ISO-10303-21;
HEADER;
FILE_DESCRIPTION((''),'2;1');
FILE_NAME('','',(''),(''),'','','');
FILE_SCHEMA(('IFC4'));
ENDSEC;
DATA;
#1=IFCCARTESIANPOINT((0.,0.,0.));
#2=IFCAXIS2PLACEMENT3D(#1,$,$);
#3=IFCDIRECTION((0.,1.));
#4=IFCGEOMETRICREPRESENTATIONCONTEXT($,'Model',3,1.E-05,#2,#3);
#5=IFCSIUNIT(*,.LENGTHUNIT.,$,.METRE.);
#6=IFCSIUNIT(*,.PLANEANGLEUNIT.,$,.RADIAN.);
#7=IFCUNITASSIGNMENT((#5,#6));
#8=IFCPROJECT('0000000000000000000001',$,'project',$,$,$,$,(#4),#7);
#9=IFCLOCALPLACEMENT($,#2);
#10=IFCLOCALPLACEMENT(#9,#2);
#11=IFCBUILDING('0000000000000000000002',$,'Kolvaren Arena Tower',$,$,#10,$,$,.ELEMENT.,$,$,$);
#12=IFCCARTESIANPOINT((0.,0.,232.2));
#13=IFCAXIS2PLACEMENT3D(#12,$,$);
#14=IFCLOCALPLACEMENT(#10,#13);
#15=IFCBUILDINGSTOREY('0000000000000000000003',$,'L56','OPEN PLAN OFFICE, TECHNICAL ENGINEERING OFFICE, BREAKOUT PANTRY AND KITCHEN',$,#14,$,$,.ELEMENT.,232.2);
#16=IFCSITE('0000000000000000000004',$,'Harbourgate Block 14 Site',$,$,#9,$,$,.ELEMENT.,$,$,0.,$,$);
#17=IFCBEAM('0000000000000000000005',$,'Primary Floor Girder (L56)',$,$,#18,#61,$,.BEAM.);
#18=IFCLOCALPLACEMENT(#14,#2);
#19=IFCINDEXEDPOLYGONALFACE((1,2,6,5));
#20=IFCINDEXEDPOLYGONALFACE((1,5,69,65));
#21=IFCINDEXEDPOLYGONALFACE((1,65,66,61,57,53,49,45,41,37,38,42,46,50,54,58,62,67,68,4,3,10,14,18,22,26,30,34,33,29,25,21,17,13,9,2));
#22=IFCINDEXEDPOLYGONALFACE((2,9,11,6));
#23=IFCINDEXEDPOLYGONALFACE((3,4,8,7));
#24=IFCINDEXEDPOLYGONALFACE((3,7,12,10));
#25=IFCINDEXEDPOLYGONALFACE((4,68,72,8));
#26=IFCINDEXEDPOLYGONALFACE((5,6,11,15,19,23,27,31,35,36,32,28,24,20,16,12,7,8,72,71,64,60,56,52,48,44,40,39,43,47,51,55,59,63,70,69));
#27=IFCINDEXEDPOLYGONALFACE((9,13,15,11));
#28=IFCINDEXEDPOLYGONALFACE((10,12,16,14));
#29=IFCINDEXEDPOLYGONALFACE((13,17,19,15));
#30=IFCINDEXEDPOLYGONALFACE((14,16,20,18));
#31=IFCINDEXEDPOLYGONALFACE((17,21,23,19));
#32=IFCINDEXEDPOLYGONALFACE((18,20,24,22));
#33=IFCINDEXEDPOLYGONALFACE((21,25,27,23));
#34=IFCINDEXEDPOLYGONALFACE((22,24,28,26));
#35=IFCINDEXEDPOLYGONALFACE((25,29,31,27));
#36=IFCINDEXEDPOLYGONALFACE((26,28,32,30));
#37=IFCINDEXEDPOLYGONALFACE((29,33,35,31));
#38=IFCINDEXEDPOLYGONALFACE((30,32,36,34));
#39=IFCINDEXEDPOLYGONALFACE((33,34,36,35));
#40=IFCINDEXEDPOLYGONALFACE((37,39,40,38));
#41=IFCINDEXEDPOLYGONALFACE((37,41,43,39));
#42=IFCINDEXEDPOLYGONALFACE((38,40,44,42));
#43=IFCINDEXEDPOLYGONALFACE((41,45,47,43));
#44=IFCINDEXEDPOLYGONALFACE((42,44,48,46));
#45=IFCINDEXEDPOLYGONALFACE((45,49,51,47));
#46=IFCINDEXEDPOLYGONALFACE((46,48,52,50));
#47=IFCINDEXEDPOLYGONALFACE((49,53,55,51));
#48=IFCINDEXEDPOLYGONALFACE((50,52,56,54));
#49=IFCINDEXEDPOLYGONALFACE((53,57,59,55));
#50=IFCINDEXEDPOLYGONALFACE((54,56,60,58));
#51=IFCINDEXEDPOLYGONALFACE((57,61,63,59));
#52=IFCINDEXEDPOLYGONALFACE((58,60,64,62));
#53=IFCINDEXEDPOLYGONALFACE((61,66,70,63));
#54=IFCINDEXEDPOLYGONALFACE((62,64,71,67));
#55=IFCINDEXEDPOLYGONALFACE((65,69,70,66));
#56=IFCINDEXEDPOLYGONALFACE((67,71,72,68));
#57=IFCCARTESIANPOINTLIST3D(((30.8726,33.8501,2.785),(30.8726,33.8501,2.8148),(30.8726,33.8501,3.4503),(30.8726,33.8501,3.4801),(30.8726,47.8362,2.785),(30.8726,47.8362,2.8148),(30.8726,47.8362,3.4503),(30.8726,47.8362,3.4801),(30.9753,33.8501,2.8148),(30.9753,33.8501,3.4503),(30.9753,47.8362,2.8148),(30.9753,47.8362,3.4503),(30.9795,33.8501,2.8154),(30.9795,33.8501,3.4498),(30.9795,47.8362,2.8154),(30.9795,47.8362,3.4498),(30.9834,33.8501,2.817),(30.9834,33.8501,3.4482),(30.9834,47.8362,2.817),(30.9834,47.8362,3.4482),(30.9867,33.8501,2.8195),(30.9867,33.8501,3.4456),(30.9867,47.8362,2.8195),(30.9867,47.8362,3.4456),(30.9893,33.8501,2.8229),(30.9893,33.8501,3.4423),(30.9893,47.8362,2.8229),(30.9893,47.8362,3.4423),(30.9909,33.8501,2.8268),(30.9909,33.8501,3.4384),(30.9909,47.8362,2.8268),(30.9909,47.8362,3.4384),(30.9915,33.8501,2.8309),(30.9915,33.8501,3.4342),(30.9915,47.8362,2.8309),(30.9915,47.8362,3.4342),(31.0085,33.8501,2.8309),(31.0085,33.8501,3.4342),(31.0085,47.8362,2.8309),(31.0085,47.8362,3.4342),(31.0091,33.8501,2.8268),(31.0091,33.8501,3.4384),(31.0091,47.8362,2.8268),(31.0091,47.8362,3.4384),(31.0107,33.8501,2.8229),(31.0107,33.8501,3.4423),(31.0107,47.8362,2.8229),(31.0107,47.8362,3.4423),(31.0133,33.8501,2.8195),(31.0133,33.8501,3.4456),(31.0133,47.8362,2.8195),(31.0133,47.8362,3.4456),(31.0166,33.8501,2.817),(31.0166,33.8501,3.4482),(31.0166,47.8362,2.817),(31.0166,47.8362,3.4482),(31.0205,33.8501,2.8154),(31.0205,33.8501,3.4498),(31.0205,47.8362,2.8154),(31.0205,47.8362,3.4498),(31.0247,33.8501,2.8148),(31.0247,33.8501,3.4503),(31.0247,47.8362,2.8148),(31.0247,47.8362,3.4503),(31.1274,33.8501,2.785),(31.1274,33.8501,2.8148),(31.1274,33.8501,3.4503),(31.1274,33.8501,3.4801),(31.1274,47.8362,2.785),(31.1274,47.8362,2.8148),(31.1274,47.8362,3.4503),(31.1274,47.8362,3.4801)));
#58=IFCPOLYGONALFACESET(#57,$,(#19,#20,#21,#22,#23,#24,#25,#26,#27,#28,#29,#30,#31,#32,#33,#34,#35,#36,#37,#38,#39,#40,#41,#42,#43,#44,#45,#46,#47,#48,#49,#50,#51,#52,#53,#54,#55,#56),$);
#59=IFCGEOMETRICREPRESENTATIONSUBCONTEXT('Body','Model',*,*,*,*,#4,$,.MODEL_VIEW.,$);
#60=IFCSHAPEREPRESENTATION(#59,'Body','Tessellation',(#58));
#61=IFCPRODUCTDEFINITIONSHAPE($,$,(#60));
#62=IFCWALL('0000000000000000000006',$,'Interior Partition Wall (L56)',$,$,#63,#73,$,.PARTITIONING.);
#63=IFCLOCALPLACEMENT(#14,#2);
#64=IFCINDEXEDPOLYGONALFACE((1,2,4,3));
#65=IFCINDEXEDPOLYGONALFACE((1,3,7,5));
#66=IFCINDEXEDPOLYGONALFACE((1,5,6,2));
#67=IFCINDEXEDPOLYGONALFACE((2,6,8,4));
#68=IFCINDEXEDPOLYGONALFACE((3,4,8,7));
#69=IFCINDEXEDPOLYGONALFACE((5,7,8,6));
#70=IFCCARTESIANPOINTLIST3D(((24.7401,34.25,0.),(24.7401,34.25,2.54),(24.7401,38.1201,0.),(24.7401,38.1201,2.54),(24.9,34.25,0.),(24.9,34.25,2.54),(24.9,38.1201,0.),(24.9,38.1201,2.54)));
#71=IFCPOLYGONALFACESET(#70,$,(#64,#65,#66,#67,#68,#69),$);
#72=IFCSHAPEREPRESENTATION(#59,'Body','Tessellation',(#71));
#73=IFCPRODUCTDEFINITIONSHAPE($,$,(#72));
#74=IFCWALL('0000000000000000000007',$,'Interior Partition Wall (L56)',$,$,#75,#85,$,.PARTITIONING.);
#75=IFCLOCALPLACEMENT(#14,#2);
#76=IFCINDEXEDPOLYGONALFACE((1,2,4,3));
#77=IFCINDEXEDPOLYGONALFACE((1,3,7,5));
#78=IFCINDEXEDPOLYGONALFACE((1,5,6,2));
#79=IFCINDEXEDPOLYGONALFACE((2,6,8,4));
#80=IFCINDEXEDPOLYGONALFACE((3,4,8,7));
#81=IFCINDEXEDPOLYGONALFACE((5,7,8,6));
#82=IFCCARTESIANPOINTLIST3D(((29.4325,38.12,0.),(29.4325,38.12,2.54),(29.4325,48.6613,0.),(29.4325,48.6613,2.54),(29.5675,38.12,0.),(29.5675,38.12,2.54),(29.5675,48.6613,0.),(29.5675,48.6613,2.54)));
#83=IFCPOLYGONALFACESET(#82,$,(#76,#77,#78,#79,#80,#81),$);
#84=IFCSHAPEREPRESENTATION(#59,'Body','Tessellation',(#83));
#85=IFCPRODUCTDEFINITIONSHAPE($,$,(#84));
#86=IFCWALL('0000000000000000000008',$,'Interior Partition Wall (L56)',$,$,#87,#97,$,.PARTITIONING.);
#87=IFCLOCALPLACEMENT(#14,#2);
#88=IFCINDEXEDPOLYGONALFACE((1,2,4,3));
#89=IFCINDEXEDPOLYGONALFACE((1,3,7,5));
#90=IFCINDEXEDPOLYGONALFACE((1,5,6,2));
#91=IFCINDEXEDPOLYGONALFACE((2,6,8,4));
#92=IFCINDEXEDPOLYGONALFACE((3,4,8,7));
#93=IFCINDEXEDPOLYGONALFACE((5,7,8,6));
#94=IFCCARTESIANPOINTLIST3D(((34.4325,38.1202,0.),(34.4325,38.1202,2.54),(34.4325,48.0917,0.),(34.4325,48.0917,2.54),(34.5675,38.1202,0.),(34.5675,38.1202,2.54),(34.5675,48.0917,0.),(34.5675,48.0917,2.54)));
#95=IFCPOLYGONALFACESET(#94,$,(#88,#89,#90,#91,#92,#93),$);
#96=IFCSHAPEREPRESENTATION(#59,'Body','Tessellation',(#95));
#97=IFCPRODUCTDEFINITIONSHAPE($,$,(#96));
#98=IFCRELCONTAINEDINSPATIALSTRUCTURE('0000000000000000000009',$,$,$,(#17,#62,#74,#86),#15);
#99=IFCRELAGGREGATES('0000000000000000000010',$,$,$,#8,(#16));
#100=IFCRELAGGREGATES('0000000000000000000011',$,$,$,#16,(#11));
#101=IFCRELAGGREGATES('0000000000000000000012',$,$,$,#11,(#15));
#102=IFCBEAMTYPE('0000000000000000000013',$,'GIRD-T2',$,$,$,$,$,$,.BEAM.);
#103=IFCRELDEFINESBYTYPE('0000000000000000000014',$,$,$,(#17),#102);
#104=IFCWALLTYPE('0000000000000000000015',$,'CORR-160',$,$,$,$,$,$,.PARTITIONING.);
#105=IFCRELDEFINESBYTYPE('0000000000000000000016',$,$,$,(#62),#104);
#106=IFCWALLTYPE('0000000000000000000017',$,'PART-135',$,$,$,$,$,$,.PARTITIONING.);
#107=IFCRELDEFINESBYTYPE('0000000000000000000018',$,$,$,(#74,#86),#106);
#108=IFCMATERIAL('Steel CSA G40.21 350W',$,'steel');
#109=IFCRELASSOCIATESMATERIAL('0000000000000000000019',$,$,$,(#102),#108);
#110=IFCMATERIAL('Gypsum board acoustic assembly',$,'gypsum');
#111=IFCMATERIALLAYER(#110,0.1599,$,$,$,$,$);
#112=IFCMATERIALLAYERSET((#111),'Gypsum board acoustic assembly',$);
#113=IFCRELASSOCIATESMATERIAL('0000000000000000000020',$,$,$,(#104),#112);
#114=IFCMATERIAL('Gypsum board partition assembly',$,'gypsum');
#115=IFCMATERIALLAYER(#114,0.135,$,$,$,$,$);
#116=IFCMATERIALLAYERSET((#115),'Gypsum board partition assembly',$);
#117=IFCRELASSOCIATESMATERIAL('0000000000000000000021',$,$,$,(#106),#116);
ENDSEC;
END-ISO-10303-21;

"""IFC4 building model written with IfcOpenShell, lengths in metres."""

from ifc_helpers import new_model, si_unit, direction, frame, frame_2d, origin, origin_2d, place, context, subcontext, project, spatial, rectangle, i_section, extrude, material, layer, layer_set, material_profile, profile_set, type_object, element, save


model = new_model("IFC4")

# Units and contexts
model_context = context("Model", 3, precision=1e-05, world=origin(), true_north=direction((0.0, 1.0)))
body_context = subcontext(model_context, "Body", "Model", "MODEL_VIEW")
ifc_project = project(units=[si_unit("LENGTHUNIT", "METRE"), si_unit("PLANEANGLEUNIT", "RADIAN")], contexts=[model_context])

# Site, building, storey
site_placement = place(None, origin())
site = spatial("IfcSite", under=ifc_project, at=site_placement, Name="Harbourgate Block 14 Site", CompositionType="ELEMENT", RefElevation=0.0)
building_placement = place(site_placement, origin())
building = spatial("IfcBuilding", under=site, at=building_placement, Name="Kolvaren Arena Tower", CompositionType="ELEMENT")
storey_placement = place(building_placement, frame((0.0, 0.0, 232.2)))
storey = spatial("IfcBuildingStorey", under=building, at=storey_placement, Name="L56", Description="OPEN PLAN OFFICE, TECHNICAL ENGINEERING OFFICE, BREAKOUT PANTRY AND KITCHEN", CompositionType="ELEMENT", Elevation=232.2)

# Beam
ifc_material_1 = material(Name="Steel CSA G40.21 350W", Category="steel")
ifc_material_profile_1 = material_profile(ifc_material_1, i_section(OverallWidth=0.2549, OverallDepth=0.6951, WebThickness=0.0171, FlangeThickness=0.0298, FilletRadius=0.0161, at=origin_2d()), Name="W690x217")
ifc_profile_set_1 = profile_set([ifc_material_profile_1], Name="Steel CSA G40.21 350W")
beam_type_1 = type_object("IfcBeamType", Name="GIRD-T2", PredefinedType="BEAM", material=ifc_profile_set_1)
beam_1_placement = place(storey_placement, frame((31.0, 33.8501, 3.1326), z_axis=(0.0, 1.0, 0.0), x_axis=(-1.0, 0.0, 0.0)))
element("IfcBeam", 1, at=beam_1_placement, inside=storey, type_object=beam_type_1, Name="Primary Floor Girder (L56)", PredefinedType="BEAM", context=body_context, shape_type="SweptSolid", body=[
    extrude(i_section(OverallWidth=0.2549, OverallDepth=0.6951, WebThickness=0.0171, FlangeThickness=0.0298, FilletRadius=0.0161, at=origin_2d()), origin(), (0.0, 0.0, 1.0), 13.9861),
])

# Wall
ifc_material_2 = material(Name="Gypsum board acoustic assembly", Category="gypsum")
ifc_layer_1 = layer(ifc_material_2, 0.1599)
ifc_layer_set_1 = layer_set([ifc_layer_1], Name="Gypsum board acoustic assembly")
wall_type_1 = type_object("IfcWallType", Name="CORR-160", PredefinedType="PARTITIONING", material=ifc_layer_set_1)
wall_1_placement = place(storey_placement, frame((24.8201, 34.25, 0.0), z_axis=(0.0, 0.0, 1.0), x_axis=(0.0, 1.0, 0.0)))
element("IfcWall", 2, at=wall_1_placement, inside=storey, type_object=wall_type_1, Name="Interior Partition Wall (L56)", PredefinedType="PARTITIONING", context=body_context, shape_type="SweptSolid", body=[
    extrude(rectangle(XDim=3.8701, YDim=0.1599, at=frame_2d((1.9351, 0.0))), origin(), (0.0, 0.0, 1.0), 2.54),
])

# Walls
ifc_material_3 = material(Name="Gypsum board partition assembly", Category="gypsum")
ifc_layer_2 = layer(ifc_material_3, 0.135)
ifc_layer_set_2 = layer_set([ifc_layer_2], Name="Gypsum board partition assembly")
wall_type_2 = type_object("IfcWallType", Name="PART-135", PredefinedType="PARTITIONING", material=ifc_layer_set_2)
wall_2_placement = place(storey_placement, frame((29.5, 38.1201, 0.0), z_axis=(0.0, 0.0, 1.0), x_axis=(0.0, 1.0, 0.0)))
element("IfcWall", 3, at=wall_2_placement, inside=storey, type_object=wall_type_2, Name="Interior Partition Wall (L56)", PredefinedType="PARTITIONING", context=body_context, shape_type="SweptSolid", body=[
    extrude(rectangle(XDim=10.5413, YDim=0.135, at=frame_2d((5.2705, 0.0))), origin(), (0.0, 0.0, 1.0), 2.54),
])
wall_3_placement = place(storey_placement, frame((34.5, 38.1201, 0.0), z_axis=(0.0, 0.0, 1.0), x_axis=(0.0, 1.0, 0.0)))
element("IfcWall", 4, at=wall_3_placement, inside=storey, type_object=wall_type_2, Name="Interior Partition Wall (L56)", PredefinedType="PARTITIONING", context=body_context, shape_type="SweptSolid", body=[
    extrude(rectangle(XDim=9.9714, YDim=0.135, at=frame_2d((4.9858, 0.0))), origin(), (0.0, 0.0, 1.0), 2.54),
])

save(model, "model.ifc")
